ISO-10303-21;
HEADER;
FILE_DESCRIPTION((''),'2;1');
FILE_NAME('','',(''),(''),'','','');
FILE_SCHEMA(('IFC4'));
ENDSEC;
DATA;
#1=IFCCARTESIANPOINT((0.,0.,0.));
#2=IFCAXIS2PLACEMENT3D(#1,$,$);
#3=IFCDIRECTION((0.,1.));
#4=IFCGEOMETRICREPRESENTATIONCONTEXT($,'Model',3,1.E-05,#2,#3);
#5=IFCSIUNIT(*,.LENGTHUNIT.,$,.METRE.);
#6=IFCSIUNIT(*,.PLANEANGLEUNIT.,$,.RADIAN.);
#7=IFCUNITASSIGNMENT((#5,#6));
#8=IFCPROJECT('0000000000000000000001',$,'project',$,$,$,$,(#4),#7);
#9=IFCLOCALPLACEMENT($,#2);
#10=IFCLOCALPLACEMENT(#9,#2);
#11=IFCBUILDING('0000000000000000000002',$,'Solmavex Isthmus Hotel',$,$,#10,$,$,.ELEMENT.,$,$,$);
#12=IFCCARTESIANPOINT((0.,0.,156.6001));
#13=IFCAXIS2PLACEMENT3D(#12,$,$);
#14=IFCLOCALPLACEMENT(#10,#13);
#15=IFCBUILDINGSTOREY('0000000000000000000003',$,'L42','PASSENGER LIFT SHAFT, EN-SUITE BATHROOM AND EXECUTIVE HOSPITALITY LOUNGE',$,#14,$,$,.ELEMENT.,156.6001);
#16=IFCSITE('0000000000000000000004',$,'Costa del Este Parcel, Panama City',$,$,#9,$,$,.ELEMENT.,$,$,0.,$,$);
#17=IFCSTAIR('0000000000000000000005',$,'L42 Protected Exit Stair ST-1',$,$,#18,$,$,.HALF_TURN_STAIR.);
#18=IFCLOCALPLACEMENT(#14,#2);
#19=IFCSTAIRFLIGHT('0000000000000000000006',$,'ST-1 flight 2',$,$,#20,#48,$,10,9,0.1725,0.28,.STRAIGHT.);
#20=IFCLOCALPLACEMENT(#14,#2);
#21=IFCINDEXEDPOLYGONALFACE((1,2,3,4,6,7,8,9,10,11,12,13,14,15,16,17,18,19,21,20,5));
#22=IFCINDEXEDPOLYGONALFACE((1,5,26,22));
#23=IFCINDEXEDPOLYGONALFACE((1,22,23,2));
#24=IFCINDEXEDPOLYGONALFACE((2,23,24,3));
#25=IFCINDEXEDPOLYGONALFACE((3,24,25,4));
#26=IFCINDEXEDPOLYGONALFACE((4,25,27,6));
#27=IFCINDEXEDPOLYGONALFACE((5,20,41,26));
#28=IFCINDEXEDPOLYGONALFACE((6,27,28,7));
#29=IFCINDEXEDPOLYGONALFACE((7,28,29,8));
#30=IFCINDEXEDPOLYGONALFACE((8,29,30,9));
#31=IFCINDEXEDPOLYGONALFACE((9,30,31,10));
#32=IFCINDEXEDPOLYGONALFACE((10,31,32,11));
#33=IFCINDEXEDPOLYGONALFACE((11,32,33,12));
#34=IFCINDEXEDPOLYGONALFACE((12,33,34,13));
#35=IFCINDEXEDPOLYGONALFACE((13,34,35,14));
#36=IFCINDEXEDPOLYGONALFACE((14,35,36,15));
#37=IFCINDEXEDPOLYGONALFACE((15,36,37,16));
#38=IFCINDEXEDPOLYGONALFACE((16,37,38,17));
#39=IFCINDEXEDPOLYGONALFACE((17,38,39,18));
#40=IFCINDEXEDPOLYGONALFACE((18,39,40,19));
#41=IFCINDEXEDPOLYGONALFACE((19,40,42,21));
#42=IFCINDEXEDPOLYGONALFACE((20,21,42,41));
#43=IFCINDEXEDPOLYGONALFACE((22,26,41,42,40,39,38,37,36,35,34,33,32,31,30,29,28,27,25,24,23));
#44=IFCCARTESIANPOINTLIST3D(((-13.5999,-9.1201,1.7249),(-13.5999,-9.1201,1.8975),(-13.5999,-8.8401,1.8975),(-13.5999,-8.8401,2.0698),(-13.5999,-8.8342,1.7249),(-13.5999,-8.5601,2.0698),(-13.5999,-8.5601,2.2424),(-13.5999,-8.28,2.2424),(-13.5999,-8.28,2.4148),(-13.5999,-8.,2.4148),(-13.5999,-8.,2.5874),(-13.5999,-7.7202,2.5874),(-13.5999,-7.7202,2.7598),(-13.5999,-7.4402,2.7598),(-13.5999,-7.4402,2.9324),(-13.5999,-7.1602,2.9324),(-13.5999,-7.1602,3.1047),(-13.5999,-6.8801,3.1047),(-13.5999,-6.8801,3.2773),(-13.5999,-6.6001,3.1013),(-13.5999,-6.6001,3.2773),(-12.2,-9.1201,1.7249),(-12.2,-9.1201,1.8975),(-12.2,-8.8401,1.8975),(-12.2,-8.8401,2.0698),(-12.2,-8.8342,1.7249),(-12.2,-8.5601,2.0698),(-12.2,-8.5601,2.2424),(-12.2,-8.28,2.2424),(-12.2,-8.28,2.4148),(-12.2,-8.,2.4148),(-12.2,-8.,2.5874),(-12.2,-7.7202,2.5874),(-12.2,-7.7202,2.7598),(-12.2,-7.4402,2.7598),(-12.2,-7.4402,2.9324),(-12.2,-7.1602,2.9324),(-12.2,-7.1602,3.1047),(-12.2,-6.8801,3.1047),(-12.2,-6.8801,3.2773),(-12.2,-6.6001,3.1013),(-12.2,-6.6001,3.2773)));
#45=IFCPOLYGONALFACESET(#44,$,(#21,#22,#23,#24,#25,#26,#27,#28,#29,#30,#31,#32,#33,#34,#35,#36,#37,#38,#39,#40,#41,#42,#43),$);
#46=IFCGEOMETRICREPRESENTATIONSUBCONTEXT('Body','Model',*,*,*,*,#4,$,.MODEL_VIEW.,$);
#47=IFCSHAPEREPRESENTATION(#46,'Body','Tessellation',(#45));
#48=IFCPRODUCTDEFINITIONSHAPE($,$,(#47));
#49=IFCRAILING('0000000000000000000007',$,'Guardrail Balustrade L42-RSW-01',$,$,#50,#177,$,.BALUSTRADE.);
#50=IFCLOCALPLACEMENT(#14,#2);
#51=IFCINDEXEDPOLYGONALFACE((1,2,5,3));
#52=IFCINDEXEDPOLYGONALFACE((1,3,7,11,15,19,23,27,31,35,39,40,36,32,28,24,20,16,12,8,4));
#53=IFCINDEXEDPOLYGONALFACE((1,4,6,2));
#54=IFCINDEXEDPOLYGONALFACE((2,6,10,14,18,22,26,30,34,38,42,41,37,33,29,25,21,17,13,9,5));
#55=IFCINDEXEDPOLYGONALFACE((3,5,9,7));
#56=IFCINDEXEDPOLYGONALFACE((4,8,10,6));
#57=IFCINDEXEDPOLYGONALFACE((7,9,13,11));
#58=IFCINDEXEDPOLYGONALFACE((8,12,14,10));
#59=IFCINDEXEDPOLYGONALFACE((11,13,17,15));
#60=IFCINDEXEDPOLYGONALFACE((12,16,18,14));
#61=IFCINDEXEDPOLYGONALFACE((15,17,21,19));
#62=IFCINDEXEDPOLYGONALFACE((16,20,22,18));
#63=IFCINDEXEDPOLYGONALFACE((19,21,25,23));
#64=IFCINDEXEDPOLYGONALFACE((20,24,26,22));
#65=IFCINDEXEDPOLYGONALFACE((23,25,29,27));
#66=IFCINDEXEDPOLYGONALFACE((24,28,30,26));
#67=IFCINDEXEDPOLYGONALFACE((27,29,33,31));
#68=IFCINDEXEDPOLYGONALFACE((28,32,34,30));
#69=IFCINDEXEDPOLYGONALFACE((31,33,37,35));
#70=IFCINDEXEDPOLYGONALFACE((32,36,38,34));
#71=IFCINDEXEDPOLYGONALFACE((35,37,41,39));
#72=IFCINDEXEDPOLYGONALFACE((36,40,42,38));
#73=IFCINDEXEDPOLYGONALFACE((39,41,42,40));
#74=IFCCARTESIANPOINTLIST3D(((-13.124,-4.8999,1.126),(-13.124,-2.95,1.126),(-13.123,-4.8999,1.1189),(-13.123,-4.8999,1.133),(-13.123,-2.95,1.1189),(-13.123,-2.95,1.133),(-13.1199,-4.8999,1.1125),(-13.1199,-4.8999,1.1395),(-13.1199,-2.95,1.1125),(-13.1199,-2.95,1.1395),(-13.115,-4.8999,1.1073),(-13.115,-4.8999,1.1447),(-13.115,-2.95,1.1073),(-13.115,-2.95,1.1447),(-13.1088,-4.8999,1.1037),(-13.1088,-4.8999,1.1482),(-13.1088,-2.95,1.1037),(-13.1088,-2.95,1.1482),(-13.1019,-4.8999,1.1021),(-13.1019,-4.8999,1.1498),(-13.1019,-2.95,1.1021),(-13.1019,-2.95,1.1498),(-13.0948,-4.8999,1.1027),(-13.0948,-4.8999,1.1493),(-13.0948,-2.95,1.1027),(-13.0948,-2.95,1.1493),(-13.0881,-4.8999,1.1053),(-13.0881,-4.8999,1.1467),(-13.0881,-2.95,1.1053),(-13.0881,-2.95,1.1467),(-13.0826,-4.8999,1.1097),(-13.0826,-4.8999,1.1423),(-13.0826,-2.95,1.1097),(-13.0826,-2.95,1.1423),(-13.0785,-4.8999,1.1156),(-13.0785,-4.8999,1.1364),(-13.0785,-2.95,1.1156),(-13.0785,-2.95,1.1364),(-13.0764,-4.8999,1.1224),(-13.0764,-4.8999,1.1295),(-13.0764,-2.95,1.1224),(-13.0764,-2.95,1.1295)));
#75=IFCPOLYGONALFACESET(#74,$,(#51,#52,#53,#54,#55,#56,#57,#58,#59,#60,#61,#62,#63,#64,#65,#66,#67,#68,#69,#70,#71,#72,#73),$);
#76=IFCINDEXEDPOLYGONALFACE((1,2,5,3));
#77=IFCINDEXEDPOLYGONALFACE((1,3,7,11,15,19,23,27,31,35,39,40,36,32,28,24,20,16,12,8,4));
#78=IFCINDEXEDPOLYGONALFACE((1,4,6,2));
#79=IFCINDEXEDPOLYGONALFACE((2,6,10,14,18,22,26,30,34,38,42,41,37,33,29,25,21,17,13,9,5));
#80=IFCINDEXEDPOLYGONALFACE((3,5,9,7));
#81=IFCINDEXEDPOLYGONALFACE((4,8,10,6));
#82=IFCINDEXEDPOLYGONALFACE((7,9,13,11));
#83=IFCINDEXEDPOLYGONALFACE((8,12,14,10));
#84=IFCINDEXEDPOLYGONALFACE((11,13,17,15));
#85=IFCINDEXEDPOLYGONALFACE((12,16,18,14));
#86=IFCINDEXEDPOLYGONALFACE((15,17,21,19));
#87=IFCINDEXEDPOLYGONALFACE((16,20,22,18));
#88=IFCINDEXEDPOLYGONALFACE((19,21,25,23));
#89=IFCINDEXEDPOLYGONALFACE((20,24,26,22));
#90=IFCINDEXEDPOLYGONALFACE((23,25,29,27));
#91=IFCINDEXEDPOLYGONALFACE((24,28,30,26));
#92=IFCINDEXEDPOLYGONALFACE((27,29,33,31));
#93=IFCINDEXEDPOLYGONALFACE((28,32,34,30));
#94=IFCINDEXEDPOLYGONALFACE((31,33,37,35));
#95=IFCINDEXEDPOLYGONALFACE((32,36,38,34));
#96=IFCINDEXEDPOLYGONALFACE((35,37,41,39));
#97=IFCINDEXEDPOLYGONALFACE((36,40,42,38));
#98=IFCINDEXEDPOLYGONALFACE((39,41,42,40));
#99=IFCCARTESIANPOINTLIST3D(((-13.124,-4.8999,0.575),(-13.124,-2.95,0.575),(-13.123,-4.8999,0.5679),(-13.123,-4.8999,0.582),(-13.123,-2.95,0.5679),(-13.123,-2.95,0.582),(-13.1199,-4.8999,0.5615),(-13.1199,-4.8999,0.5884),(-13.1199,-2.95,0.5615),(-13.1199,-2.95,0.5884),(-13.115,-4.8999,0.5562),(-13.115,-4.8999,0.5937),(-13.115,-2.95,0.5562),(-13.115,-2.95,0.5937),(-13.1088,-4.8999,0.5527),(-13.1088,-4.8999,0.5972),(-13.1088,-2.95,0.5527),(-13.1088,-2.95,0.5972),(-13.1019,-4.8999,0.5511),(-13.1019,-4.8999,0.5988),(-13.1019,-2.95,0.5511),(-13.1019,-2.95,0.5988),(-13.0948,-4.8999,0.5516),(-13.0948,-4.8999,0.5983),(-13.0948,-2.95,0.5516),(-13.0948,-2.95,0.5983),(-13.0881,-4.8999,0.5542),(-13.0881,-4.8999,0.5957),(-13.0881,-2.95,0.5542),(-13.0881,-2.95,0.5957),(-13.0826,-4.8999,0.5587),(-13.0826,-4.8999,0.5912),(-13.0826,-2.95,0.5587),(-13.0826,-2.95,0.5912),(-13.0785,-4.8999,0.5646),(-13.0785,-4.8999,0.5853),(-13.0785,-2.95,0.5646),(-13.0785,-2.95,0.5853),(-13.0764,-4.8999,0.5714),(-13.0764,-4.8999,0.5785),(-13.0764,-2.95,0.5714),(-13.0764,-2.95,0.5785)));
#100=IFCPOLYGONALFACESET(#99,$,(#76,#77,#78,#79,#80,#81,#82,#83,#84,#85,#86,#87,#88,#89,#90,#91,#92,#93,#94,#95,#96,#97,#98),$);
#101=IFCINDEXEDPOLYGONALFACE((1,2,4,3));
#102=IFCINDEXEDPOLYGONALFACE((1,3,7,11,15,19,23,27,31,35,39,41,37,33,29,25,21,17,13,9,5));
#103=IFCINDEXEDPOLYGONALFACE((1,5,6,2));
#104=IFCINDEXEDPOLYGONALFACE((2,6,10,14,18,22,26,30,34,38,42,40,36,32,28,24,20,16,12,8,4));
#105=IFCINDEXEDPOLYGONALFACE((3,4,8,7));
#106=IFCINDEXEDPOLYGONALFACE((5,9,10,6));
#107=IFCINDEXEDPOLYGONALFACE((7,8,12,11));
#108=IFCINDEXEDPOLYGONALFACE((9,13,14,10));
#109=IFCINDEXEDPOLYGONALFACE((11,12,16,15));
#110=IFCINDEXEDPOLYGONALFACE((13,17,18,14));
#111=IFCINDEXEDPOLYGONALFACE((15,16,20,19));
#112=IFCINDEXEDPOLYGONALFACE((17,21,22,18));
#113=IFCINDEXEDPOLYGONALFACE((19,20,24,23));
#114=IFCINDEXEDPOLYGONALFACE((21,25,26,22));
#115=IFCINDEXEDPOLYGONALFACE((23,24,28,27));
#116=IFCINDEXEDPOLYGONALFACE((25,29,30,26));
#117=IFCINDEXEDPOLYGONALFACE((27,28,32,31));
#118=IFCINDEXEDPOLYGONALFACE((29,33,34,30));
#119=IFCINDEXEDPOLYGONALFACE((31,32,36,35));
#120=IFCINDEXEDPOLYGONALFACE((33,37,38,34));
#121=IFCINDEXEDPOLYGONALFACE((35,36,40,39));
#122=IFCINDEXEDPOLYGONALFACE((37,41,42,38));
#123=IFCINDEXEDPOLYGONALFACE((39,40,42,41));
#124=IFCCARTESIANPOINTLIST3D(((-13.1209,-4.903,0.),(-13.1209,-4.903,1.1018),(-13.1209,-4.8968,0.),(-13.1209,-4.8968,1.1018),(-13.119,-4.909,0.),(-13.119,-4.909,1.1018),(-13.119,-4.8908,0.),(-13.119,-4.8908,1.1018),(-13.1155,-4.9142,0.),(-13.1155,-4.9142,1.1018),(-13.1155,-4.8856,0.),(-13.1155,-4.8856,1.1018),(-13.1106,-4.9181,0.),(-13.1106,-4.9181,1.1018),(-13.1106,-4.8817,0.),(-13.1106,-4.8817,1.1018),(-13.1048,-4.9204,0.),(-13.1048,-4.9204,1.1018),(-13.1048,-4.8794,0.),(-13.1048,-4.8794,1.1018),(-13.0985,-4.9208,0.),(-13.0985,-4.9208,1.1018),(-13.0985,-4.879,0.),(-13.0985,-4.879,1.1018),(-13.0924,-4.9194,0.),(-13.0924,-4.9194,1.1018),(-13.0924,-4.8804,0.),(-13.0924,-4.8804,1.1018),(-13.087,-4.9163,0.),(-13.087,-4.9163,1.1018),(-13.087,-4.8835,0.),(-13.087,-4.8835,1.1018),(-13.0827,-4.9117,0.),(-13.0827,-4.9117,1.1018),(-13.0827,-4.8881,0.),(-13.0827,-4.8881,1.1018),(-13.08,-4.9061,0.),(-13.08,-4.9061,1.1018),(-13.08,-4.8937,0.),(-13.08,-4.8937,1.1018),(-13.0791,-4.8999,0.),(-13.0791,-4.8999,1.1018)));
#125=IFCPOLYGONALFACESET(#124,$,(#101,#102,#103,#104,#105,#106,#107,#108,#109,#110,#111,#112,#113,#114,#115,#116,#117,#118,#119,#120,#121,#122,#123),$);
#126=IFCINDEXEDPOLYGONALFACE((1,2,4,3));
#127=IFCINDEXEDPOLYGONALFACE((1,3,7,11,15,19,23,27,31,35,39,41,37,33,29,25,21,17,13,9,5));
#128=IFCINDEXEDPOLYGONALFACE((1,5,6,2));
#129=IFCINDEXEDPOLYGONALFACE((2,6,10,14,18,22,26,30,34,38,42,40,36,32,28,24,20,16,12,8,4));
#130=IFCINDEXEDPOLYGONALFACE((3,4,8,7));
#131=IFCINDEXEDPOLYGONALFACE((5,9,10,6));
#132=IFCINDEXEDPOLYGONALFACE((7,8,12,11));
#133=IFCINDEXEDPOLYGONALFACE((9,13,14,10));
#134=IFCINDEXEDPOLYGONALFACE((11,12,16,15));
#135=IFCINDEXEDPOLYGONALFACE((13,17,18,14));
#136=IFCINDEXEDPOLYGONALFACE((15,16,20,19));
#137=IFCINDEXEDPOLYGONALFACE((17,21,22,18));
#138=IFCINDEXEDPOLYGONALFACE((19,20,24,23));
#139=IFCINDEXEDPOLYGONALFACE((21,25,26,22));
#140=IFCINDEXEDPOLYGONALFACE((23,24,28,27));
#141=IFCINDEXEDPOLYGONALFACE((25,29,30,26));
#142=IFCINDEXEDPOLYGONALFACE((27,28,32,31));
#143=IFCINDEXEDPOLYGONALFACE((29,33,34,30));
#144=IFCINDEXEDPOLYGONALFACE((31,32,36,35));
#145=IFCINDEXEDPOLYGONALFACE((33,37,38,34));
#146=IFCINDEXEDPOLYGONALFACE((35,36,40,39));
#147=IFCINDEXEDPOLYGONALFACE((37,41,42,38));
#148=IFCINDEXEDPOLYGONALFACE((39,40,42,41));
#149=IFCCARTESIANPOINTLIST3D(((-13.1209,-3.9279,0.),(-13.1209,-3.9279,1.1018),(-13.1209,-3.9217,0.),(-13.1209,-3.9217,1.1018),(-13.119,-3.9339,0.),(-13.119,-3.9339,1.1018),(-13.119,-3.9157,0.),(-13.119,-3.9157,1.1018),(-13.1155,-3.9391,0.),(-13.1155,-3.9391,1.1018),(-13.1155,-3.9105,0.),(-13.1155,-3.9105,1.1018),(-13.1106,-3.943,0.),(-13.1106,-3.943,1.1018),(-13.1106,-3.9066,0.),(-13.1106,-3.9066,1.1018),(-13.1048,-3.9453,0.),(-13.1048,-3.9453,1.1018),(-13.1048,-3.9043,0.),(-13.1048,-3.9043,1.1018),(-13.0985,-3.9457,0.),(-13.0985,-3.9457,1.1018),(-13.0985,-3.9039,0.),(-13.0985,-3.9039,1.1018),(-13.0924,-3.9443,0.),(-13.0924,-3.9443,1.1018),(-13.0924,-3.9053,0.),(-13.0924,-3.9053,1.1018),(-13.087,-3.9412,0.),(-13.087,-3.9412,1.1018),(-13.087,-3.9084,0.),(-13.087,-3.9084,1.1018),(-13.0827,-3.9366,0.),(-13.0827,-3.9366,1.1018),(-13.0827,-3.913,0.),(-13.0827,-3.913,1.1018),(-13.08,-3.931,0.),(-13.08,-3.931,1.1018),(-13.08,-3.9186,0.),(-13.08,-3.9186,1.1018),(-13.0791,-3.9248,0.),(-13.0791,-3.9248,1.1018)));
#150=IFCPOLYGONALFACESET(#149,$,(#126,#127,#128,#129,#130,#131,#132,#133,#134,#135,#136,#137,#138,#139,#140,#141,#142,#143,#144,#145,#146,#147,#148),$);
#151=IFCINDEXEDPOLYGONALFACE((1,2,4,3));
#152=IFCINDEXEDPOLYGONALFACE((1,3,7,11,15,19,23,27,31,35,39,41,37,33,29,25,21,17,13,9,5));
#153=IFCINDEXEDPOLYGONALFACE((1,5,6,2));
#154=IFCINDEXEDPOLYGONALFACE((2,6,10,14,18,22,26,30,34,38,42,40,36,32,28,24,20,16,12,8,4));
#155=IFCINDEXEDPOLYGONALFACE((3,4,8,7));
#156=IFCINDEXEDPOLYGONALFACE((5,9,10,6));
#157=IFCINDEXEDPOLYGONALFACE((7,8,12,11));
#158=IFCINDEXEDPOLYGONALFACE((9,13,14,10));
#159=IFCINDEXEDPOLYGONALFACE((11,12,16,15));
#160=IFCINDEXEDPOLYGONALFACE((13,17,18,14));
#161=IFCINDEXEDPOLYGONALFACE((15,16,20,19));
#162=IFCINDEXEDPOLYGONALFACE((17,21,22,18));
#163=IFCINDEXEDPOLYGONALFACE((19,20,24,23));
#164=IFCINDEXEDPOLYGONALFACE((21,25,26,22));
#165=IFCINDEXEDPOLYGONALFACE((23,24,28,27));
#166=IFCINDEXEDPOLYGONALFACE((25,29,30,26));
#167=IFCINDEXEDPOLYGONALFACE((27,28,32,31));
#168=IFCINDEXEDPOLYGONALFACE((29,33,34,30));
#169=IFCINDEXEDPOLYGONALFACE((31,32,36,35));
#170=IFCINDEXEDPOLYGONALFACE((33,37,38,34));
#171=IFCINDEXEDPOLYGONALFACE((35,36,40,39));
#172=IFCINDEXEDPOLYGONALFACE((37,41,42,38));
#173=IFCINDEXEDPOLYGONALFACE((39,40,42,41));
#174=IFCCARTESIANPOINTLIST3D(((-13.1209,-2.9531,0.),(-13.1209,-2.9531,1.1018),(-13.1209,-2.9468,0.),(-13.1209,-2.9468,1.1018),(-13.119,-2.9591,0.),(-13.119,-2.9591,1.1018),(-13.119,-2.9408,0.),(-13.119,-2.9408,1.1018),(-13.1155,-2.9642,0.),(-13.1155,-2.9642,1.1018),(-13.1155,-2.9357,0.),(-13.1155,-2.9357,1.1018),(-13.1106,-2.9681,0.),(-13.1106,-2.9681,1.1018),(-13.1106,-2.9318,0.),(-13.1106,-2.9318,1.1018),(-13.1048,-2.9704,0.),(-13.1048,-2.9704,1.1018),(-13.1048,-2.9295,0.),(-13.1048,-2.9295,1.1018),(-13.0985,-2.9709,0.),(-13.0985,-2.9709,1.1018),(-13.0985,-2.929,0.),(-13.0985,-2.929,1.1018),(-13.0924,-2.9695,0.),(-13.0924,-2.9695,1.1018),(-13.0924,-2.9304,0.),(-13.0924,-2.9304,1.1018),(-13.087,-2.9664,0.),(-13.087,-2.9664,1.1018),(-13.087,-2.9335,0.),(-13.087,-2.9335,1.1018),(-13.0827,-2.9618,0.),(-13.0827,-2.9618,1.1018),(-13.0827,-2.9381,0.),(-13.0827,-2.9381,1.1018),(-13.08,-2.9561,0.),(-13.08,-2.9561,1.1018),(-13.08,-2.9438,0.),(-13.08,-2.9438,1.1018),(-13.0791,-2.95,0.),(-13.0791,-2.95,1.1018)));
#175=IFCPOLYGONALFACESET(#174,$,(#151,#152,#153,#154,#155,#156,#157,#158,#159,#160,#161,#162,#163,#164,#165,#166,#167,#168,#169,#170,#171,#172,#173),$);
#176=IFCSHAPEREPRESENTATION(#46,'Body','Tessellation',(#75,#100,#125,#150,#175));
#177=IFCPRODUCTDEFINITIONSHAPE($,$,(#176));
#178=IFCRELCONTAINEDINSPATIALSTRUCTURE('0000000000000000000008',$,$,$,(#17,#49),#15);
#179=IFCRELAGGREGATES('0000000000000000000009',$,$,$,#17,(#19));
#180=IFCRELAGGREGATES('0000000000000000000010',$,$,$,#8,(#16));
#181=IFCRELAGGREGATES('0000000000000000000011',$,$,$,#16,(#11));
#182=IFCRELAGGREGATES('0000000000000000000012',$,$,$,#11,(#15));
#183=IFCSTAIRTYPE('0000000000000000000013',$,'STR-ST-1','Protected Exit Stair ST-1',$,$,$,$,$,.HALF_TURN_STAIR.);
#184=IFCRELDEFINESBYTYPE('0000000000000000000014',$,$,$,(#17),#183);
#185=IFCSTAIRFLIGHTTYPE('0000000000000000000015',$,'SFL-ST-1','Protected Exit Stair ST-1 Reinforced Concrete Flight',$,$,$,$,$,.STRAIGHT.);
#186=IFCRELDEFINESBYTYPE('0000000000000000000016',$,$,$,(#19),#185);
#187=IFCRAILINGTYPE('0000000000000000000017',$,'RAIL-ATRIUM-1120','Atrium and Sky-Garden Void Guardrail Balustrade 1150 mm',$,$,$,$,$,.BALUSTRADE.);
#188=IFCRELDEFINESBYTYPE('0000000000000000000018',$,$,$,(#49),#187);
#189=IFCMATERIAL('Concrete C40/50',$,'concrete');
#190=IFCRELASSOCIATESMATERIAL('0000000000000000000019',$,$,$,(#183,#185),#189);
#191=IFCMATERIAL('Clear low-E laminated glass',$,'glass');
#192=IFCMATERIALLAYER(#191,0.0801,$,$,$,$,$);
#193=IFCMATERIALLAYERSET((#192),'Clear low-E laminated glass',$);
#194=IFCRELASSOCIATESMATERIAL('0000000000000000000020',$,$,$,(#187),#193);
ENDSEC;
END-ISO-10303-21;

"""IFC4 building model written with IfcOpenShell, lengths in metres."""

from ifc_helpers import new_model, si_unit, direction, frame, origin, origin_2d, place, context, subcontext, project, spatial, polyline, circle, outline, extrude, material, layer, layer_set, type_object, element, aggregate, save


model = new_model("IFC4")

# Units and contexts
model_context = context("Model", 3, precision=1e-05, world=origin(), true_north=direction((0.0, 1.0)))
body_context = subcontext(model_context, "Body", "Model", "MODEL_VIEW")
ifc_project = project(units=[si_unit("LENGTHUNIT", "METRE"), si_unit("PLANEANGLEUNIT", "RADIAN")], contexts=[model_context])

# Site, building, storey
site_placement = place(None, origin())
site = spatial("IfcSite", under=ifc_project, at=site_placement, Name="Costa del Este Parcel, Panama City", CompositionType="ELEMENT", RefElevation=0.0)
building_placement = place(site_placement, origin())
building = spatial("IfcBuilding", under=site, at=building_placement, Name="Solmavex Isthmus Hotel", CompositionType="ELEMENT")
storey_placement = place(building_placement, frame((0.0, 0.0, 156.6001)))
storey = spatial("IfcBuildingStorey", under=building, at=storey_placement, Name="L42", Description="PASSENGER LIFT SHAFT, EN-SUITE BATHROOM AND EXECUTIVE HOSPITALITY LOUNGE", CompositionType="ELEMENT", Elevation=156.6001)

# Shared definitions
ifc_material_1 = material(Name="Concrete C40/50", Category="concrete")

# Stair, stair flight
stair_type = type_object("IfcStairType", Name="STR-ST-1", Description="Protected Exit Stair ST-1", PredefinedType="HALF_TURN_STAIR", material=ifc_material_1)
stair_placement = place(storey_placement, origin())
stair = element("IfcStair", 1, at=stair_placement, inside=storey, type_object=stair_type, Name="L42 Protected Exit Stair ST-1", PredefinedType="HALF_TURN_STAIR")
stair_flight_type = type_object("IfcStairFlightType", Name="SFL-ST-1", Description="Protected Exit Stair ST-1 Reinforced Concrete Flight", PredefinedType="STRAIGHT", material=ifc_material_1)
stair_flight_1_placement = place(storey_placement, frame((-12.8999, -9.1201, 1.7249), z_axis=(0.0, 0.0, 1.0), x_axis=(0.0, 1.0, 0.0)))
stair_flight_1 = element("IfcStairFlight", 2, at=stair_flight_1_placement, type_object=stair_flight_type, Name="ST-1 flight 2", NumberOfRisers=10, NumberOfTreads=9, PredefinedType="STRAIGHT", RiserHeight=0.1725, TreadLength=0.28, context=body_context, shape_type="SweptSolid", body=[
    extrude(outline(polyline([(0.0, 0.0), (0.0, 0.1726), (0.28, 0.1726), (0.28, 0.345), (0.5601, 0.345), (0.5601, 0.5176), (0.8401, 0.5176), (0.8401, 0.6899), (1.1201, 0.6899), (1.1201, 0.8625), (1.3999, 0.8625), (1.3999, 1.0349), (1.6799, 1.0349), (1.6799, 1.2075), (1.96, 1.2075), (1.96, 1.3799), (2.24, 1.3799), (2.24, 1.5525), (2.52, 1.5525), (2.52, 1.7251), (2.52, 1.3765), (0.2859, 0.0), (0.0, 0.0)])), frame((0.0, 0.7, 0.0), z_axis=(0.0, -1.0, 0.0), x_axis=(1.0, 0.0, 0.0)), (0.0, 0.0, 1.0), 1.3999),
])
aggregate(stair, [stair_flight_1])

# Railing
ifc_material_2 = material(Name="Clear low-E laminated glass", Category="glass")
ifc_layer_1 = layer(ifc_material_2, 0.0801)
ifc_layer_set_1 = layer_set([ifc_layer_1], Name="Clear low-E laminated glass")
railing_type_1 = type_object("IfcRailingType", Name="RAIL-ATRIUM-1120", Description="Atrium and Sky-Garden Void Guardrail Balustrade 1150 mm", PredefinedType="BALUSTRADE", material=ifc_layer_set_1)
railing_1_placement = place(storey_placement, frame((-13.1001, -4.8999, 0.0)))
element("IfcRailing", 3, at=railing_1_placement, inside=storey, type_object=railing_type_1, Name="Guardrail Balustrade L42-RSW-01", PredefinedType="BALUSTRADE", context=body_context, shape_type="SweptSolid", body=[
    extrude(circle(Radius=0.0239, at=origin_2d()), frame((0.0, 0.0, 1.126), z_axis=(0.0, 1.0, 0.0), x_axis=(-1.0, 0.0, 0.0)), (0.0, 0.0, 1.0), 1.95),
    extrude(circle(Radius=0.0239, at=origin_2d()), frame((0.0, 0.0, 0.575), z_axis=(0.0, 1.0, 0.0), x_axis=(-1.0, 0.0, 0.0)), (0.0, 0.0, 1.0), 1.95),
    extrude(circle(Radius=0.021, at=origin_2d()), origin(), (0.0, 0.0, 1.0), 1.1018),
    extrude(circle(Radius=0.021, at=origin_2d()), frame((0.0, 0.9751, 0.0)), (0.0, 0.0, 1.0), 1.1018),
    extrude(circle(Radius=0.021, at=origin_2d()), frame((0.0, 1.95, 0.0)), (0.0, 0.0, 1.0), 1.1018),
])

save(model, "model.ifc")
